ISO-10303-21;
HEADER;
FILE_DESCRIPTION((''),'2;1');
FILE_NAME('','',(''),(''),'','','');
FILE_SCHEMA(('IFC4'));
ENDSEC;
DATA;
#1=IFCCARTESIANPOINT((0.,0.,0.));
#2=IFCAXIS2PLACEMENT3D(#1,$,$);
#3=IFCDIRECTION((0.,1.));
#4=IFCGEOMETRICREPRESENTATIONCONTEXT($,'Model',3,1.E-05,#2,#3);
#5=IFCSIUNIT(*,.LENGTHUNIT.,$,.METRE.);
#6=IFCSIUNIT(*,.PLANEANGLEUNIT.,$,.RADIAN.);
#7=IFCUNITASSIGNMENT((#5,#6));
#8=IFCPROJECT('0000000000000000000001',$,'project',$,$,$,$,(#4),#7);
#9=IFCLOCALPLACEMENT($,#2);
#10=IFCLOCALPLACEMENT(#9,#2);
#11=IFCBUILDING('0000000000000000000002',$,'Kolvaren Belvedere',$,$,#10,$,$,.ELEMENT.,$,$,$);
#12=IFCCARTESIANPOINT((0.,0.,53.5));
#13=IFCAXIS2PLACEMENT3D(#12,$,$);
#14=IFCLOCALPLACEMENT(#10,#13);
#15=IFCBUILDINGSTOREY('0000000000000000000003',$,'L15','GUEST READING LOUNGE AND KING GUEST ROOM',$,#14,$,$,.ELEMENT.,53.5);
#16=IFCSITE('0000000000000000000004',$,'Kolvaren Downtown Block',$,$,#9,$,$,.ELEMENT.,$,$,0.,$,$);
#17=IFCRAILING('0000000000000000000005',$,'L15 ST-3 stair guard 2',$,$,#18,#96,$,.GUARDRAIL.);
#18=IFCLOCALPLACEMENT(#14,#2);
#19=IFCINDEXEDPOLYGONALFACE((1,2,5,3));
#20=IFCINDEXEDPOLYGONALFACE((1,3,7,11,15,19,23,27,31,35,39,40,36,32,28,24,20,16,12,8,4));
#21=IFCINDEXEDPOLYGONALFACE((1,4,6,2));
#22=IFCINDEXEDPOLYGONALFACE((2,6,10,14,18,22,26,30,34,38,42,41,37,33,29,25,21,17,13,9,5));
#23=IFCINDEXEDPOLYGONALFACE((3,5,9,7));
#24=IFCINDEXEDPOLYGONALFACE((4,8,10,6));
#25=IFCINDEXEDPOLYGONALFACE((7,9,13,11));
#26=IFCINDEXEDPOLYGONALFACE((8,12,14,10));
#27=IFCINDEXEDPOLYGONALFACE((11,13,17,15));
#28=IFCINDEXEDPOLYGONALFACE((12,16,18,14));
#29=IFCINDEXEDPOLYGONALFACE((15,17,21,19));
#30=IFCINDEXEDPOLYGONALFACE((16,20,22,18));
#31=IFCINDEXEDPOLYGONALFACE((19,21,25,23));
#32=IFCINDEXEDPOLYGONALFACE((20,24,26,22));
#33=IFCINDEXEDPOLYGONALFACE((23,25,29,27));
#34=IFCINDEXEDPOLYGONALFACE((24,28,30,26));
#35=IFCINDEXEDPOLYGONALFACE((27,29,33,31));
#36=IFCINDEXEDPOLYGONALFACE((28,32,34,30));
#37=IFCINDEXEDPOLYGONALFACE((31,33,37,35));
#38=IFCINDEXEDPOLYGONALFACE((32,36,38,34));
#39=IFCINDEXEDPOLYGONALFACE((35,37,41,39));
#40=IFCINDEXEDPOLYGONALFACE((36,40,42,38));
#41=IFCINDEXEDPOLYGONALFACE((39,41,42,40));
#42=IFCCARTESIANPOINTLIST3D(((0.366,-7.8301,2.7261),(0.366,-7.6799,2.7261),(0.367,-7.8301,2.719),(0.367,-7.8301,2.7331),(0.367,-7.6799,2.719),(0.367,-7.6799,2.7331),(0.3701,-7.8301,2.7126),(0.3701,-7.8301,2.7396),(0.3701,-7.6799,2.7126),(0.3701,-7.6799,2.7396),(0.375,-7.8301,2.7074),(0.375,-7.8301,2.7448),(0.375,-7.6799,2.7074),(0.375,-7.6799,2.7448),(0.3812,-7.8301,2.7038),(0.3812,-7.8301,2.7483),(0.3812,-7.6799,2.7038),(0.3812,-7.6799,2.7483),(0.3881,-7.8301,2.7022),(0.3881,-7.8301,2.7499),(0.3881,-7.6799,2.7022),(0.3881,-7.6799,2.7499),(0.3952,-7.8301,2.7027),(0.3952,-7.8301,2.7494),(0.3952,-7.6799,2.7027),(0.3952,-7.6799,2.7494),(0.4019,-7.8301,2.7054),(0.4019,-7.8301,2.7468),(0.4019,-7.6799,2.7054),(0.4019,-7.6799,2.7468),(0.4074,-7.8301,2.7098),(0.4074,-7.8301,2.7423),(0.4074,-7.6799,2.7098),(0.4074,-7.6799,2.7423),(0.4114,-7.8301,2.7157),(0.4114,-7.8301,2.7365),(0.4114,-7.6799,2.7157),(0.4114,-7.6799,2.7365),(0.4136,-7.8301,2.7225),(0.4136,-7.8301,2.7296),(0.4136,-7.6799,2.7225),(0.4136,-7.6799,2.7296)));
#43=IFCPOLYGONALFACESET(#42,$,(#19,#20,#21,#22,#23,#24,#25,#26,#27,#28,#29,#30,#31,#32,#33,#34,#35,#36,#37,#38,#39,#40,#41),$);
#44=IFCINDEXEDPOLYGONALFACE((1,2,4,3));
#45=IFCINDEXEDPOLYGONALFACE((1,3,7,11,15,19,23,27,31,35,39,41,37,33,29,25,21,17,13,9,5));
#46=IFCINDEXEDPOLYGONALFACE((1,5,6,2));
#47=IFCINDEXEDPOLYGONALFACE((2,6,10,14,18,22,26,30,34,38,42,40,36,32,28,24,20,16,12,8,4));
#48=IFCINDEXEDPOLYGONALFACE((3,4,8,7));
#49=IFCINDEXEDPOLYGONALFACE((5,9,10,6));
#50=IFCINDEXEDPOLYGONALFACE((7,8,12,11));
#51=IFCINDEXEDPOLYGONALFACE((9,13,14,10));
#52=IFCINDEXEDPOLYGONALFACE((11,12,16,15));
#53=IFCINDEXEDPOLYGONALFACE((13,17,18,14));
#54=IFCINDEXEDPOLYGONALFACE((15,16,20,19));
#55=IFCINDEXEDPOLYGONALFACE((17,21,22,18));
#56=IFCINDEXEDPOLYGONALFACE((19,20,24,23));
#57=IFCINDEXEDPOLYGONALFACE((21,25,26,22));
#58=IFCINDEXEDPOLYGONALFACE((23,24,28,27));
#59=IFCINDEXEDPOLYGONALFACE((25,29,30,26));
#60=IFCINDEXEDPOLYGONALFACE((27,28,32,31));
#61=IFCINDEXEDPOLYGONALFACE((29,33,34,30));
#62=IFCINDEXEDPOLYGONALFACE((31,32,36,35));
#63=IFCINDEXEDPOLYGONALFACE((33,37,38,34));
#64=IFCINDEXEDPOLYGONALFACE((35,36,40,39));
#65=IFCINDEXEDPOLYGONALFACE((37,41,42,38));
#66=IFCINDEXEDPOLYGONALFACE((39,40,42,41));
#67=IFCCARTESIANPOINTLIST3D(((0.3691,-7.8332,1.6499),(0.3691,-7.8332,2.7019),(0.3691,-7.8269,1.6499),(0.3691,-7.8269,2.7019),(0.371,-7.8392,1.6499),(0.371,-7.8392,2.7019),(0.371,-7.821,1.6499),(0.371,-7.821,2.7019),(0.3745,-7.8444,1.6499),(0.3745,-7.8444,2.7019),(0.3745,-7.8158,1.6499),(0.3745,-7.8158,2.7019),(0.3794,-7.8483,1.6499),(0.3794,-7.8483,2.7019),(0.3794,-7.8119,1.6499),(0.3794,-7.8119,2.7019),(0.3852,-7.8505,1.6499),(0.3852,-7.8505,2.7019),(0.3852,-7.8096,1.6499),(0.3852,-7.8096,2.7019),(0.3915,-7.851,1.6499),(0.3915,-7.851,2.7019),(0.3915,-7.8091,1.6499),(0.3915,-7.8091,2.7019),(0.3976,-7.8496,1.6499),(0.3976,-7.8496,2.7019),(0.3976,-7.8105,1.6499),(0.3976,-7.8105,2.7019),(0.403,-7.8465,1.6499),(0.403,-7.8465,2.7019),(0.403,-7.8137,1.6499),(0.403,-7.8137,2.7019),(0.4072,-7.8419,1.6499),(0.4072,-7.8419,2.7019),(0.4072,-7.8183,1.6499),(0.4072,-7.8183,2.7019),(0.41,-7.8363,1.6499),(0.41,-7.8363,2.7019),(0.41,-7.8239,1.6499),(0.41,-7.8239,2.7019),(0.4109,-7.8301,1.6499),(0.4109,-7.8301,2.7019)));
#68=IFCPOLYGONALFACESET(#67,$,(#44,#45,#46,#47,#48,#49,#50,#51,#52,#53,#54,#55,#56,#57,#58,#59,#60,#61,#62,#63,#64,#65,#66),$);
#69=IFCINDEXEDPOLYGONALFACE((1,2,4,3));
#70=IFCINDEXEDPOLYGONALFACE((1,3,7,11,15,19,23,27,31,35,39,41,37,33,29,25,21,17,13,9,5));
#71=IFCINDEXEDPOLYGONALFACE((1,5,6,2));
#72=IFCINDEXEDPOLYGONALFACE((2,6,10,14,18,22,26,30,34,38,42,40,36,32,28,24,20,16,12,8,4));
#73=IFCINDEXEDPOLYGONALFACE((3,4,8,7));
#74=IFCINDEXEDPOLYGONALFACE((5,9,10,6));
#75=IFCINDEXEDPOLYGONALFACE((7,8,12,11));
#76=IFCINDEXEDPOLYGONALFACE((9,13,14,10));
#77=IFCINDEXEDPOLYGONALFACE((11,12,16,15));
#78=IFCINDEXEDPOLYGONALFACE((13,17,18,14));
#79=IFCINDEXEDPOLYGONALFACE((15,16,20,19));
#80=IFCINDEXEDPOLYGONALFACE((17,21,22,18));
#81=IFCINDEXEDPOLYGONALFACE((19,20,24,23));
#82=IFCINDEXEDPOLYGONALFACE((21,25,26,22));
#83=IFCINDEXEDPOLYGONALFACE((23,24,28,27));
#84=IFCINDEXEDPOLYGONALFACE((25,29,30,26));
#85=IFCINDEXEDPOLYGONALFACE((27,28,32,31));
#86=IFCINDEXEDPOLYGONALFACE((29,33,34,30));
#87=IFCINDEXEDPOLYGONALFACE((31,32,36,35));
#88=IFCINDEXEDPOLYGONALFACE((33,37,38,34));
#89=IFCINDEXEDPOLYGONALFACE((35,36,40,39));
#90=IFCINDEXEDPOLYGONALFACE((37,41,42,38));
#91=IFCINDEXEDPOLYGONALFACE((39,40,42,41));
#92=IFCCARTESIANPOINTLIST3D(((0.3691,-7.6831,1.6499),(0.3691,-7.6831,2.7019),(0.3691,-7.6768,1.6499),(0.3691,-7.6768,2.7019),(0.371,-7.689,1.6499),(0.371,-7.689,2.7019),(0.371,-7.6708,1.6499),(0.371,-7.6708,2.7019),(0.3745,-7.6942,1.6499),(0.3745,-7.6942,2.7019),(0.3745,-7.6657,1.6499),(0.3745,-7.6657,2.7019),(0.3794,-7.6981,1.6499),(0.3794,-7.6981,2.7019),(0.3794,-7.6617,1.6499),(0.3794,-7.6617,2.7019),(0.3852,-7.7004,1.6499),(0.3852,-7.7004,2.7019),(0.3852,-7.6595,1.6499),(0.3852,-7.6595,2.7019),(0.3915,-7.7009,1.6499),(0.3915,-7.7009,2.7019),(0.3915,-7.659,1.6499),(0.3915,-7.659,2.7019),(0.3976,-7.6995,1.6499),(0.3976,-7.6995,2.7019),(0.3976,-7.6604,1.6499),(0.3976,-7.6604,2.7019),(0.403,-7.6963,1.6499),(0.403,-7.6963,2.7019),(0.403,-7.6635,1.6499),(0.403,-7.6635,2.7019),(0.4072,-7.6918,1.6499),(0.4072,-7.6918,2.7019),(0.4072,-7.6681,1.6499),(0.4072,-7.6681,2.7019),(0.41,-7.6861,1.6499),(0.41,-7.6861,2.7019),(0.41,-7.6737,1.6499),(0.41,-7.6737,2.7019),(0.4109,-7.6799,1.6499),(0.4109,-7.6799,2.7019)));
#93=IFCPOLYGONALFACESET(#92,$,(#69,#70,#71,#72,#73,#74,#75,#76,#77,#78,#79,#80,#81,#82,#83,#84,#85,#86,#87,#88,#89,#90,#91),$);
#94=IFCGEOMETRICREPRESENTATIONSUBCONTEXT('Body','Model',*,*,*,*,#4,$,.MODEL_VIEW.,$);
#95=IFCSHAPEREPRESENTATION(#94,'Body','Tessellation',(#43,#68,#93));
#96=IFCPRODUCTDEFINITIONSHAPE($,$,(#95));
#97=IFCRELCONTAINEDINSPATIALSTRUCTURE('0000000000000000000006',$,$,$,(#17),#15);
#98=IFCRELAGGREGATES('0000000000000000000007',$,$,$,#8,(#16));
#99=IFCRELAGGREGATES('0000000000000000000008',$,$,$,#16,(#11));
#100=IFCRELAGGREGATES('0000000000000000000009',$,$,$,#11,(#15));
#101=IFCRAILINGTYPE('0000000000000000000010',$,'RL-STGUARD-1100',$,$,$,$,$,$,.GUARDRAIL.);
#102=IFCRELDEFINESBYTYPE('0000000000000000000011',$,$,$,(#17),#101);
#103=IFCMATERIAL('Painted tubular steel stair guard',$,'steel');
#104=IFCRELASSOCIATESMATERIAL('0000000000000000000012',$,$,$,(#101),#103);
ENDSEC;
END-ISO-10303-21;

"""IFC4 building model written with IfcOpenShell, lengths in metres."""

from ifc_helpers import new_model, si_unit, direction, frame, origin, origin_2d, place, context, subcontext, project, spatial, circle, extrude, material, type_object, element, save


model = new_model("IFC4")

# Units and contexts
model_context = context("Model", 3, precision=1e-05, world=origin(), true_north=direction((0.0, 1.0)))
body_context = subcontext(model_context, "Body", "Model", "MODEL_VIEW")
ifc_project = project(units=[si_unit("LENGTHUNIT", "METRE"), si_unit("PLANEANGLEUNIT", "RADIAN")], contexts=[model_context])

# Site, building, storey
site_placement = place(None, origin())
site = spatial("IfcSite", under=ifc_project, at=site_placement, Name="Kolvaren Downtown Block", CompositionType="ELEMENT", RefElevation=0.0)
building_placement = place(site_placement, origin())
building = spatial("IfcBuilding", under=site, at=building_placement, Name="Kolvaren Belvedere", CompositionType="ELEMENT")
storey_placement = place(building_placement, frame((0.0, 0.0, 53.5)))
storey = spatial("IfcBuildingStorey", under=building, at=storey_placement, Name="L15", Description="GUEST READING LOUNGE AND KING GUEST ROOM", CompositionType="ELEMENT", Elevation=53.5)

# Railing
ifc_material_1 = material(Name="Painted tubular steel stair guard", Category="steel")
railing_type_1 = type_object("IfcRailingType", Name="RL-STGUARD-1100", PredefinedType="GUARDRAIL", material=ifc_material_1)
railing_1_placement = place(storey_placement, frame((0.3899, -7.8301, 1.6499)))
element("IfcRailing", 1, at=railing_1_placement, inside=storey, type_object=railing_type_1, Name="L15 ST-3 stair guard 2", PredefinedType="GUARDRAIL", context=body_context, shape_type="SweptSolid", body=[
    extrude(circle(Radius=0.0239, at=origin_2d()), frame((0.0, 0.0, 1.0762), z_axis=(0.0, 1.0, 0.0), x_axis=(-1.0, 0.0, 0.0)), (0.0, 0.0, 1.0), 0.1501),
    extrude(circle(Radius=0.021, at=origin_2d()), origin(), (0.0, 0.0, 1.0), 1.052),
    extrude(circle(Radius=0.021, at=origin_2d()), frame((0.0, 0.1501, 0.0)), (0.0, 0.0, 1.0), 1.052),
])

save(model, "model.ifc")
